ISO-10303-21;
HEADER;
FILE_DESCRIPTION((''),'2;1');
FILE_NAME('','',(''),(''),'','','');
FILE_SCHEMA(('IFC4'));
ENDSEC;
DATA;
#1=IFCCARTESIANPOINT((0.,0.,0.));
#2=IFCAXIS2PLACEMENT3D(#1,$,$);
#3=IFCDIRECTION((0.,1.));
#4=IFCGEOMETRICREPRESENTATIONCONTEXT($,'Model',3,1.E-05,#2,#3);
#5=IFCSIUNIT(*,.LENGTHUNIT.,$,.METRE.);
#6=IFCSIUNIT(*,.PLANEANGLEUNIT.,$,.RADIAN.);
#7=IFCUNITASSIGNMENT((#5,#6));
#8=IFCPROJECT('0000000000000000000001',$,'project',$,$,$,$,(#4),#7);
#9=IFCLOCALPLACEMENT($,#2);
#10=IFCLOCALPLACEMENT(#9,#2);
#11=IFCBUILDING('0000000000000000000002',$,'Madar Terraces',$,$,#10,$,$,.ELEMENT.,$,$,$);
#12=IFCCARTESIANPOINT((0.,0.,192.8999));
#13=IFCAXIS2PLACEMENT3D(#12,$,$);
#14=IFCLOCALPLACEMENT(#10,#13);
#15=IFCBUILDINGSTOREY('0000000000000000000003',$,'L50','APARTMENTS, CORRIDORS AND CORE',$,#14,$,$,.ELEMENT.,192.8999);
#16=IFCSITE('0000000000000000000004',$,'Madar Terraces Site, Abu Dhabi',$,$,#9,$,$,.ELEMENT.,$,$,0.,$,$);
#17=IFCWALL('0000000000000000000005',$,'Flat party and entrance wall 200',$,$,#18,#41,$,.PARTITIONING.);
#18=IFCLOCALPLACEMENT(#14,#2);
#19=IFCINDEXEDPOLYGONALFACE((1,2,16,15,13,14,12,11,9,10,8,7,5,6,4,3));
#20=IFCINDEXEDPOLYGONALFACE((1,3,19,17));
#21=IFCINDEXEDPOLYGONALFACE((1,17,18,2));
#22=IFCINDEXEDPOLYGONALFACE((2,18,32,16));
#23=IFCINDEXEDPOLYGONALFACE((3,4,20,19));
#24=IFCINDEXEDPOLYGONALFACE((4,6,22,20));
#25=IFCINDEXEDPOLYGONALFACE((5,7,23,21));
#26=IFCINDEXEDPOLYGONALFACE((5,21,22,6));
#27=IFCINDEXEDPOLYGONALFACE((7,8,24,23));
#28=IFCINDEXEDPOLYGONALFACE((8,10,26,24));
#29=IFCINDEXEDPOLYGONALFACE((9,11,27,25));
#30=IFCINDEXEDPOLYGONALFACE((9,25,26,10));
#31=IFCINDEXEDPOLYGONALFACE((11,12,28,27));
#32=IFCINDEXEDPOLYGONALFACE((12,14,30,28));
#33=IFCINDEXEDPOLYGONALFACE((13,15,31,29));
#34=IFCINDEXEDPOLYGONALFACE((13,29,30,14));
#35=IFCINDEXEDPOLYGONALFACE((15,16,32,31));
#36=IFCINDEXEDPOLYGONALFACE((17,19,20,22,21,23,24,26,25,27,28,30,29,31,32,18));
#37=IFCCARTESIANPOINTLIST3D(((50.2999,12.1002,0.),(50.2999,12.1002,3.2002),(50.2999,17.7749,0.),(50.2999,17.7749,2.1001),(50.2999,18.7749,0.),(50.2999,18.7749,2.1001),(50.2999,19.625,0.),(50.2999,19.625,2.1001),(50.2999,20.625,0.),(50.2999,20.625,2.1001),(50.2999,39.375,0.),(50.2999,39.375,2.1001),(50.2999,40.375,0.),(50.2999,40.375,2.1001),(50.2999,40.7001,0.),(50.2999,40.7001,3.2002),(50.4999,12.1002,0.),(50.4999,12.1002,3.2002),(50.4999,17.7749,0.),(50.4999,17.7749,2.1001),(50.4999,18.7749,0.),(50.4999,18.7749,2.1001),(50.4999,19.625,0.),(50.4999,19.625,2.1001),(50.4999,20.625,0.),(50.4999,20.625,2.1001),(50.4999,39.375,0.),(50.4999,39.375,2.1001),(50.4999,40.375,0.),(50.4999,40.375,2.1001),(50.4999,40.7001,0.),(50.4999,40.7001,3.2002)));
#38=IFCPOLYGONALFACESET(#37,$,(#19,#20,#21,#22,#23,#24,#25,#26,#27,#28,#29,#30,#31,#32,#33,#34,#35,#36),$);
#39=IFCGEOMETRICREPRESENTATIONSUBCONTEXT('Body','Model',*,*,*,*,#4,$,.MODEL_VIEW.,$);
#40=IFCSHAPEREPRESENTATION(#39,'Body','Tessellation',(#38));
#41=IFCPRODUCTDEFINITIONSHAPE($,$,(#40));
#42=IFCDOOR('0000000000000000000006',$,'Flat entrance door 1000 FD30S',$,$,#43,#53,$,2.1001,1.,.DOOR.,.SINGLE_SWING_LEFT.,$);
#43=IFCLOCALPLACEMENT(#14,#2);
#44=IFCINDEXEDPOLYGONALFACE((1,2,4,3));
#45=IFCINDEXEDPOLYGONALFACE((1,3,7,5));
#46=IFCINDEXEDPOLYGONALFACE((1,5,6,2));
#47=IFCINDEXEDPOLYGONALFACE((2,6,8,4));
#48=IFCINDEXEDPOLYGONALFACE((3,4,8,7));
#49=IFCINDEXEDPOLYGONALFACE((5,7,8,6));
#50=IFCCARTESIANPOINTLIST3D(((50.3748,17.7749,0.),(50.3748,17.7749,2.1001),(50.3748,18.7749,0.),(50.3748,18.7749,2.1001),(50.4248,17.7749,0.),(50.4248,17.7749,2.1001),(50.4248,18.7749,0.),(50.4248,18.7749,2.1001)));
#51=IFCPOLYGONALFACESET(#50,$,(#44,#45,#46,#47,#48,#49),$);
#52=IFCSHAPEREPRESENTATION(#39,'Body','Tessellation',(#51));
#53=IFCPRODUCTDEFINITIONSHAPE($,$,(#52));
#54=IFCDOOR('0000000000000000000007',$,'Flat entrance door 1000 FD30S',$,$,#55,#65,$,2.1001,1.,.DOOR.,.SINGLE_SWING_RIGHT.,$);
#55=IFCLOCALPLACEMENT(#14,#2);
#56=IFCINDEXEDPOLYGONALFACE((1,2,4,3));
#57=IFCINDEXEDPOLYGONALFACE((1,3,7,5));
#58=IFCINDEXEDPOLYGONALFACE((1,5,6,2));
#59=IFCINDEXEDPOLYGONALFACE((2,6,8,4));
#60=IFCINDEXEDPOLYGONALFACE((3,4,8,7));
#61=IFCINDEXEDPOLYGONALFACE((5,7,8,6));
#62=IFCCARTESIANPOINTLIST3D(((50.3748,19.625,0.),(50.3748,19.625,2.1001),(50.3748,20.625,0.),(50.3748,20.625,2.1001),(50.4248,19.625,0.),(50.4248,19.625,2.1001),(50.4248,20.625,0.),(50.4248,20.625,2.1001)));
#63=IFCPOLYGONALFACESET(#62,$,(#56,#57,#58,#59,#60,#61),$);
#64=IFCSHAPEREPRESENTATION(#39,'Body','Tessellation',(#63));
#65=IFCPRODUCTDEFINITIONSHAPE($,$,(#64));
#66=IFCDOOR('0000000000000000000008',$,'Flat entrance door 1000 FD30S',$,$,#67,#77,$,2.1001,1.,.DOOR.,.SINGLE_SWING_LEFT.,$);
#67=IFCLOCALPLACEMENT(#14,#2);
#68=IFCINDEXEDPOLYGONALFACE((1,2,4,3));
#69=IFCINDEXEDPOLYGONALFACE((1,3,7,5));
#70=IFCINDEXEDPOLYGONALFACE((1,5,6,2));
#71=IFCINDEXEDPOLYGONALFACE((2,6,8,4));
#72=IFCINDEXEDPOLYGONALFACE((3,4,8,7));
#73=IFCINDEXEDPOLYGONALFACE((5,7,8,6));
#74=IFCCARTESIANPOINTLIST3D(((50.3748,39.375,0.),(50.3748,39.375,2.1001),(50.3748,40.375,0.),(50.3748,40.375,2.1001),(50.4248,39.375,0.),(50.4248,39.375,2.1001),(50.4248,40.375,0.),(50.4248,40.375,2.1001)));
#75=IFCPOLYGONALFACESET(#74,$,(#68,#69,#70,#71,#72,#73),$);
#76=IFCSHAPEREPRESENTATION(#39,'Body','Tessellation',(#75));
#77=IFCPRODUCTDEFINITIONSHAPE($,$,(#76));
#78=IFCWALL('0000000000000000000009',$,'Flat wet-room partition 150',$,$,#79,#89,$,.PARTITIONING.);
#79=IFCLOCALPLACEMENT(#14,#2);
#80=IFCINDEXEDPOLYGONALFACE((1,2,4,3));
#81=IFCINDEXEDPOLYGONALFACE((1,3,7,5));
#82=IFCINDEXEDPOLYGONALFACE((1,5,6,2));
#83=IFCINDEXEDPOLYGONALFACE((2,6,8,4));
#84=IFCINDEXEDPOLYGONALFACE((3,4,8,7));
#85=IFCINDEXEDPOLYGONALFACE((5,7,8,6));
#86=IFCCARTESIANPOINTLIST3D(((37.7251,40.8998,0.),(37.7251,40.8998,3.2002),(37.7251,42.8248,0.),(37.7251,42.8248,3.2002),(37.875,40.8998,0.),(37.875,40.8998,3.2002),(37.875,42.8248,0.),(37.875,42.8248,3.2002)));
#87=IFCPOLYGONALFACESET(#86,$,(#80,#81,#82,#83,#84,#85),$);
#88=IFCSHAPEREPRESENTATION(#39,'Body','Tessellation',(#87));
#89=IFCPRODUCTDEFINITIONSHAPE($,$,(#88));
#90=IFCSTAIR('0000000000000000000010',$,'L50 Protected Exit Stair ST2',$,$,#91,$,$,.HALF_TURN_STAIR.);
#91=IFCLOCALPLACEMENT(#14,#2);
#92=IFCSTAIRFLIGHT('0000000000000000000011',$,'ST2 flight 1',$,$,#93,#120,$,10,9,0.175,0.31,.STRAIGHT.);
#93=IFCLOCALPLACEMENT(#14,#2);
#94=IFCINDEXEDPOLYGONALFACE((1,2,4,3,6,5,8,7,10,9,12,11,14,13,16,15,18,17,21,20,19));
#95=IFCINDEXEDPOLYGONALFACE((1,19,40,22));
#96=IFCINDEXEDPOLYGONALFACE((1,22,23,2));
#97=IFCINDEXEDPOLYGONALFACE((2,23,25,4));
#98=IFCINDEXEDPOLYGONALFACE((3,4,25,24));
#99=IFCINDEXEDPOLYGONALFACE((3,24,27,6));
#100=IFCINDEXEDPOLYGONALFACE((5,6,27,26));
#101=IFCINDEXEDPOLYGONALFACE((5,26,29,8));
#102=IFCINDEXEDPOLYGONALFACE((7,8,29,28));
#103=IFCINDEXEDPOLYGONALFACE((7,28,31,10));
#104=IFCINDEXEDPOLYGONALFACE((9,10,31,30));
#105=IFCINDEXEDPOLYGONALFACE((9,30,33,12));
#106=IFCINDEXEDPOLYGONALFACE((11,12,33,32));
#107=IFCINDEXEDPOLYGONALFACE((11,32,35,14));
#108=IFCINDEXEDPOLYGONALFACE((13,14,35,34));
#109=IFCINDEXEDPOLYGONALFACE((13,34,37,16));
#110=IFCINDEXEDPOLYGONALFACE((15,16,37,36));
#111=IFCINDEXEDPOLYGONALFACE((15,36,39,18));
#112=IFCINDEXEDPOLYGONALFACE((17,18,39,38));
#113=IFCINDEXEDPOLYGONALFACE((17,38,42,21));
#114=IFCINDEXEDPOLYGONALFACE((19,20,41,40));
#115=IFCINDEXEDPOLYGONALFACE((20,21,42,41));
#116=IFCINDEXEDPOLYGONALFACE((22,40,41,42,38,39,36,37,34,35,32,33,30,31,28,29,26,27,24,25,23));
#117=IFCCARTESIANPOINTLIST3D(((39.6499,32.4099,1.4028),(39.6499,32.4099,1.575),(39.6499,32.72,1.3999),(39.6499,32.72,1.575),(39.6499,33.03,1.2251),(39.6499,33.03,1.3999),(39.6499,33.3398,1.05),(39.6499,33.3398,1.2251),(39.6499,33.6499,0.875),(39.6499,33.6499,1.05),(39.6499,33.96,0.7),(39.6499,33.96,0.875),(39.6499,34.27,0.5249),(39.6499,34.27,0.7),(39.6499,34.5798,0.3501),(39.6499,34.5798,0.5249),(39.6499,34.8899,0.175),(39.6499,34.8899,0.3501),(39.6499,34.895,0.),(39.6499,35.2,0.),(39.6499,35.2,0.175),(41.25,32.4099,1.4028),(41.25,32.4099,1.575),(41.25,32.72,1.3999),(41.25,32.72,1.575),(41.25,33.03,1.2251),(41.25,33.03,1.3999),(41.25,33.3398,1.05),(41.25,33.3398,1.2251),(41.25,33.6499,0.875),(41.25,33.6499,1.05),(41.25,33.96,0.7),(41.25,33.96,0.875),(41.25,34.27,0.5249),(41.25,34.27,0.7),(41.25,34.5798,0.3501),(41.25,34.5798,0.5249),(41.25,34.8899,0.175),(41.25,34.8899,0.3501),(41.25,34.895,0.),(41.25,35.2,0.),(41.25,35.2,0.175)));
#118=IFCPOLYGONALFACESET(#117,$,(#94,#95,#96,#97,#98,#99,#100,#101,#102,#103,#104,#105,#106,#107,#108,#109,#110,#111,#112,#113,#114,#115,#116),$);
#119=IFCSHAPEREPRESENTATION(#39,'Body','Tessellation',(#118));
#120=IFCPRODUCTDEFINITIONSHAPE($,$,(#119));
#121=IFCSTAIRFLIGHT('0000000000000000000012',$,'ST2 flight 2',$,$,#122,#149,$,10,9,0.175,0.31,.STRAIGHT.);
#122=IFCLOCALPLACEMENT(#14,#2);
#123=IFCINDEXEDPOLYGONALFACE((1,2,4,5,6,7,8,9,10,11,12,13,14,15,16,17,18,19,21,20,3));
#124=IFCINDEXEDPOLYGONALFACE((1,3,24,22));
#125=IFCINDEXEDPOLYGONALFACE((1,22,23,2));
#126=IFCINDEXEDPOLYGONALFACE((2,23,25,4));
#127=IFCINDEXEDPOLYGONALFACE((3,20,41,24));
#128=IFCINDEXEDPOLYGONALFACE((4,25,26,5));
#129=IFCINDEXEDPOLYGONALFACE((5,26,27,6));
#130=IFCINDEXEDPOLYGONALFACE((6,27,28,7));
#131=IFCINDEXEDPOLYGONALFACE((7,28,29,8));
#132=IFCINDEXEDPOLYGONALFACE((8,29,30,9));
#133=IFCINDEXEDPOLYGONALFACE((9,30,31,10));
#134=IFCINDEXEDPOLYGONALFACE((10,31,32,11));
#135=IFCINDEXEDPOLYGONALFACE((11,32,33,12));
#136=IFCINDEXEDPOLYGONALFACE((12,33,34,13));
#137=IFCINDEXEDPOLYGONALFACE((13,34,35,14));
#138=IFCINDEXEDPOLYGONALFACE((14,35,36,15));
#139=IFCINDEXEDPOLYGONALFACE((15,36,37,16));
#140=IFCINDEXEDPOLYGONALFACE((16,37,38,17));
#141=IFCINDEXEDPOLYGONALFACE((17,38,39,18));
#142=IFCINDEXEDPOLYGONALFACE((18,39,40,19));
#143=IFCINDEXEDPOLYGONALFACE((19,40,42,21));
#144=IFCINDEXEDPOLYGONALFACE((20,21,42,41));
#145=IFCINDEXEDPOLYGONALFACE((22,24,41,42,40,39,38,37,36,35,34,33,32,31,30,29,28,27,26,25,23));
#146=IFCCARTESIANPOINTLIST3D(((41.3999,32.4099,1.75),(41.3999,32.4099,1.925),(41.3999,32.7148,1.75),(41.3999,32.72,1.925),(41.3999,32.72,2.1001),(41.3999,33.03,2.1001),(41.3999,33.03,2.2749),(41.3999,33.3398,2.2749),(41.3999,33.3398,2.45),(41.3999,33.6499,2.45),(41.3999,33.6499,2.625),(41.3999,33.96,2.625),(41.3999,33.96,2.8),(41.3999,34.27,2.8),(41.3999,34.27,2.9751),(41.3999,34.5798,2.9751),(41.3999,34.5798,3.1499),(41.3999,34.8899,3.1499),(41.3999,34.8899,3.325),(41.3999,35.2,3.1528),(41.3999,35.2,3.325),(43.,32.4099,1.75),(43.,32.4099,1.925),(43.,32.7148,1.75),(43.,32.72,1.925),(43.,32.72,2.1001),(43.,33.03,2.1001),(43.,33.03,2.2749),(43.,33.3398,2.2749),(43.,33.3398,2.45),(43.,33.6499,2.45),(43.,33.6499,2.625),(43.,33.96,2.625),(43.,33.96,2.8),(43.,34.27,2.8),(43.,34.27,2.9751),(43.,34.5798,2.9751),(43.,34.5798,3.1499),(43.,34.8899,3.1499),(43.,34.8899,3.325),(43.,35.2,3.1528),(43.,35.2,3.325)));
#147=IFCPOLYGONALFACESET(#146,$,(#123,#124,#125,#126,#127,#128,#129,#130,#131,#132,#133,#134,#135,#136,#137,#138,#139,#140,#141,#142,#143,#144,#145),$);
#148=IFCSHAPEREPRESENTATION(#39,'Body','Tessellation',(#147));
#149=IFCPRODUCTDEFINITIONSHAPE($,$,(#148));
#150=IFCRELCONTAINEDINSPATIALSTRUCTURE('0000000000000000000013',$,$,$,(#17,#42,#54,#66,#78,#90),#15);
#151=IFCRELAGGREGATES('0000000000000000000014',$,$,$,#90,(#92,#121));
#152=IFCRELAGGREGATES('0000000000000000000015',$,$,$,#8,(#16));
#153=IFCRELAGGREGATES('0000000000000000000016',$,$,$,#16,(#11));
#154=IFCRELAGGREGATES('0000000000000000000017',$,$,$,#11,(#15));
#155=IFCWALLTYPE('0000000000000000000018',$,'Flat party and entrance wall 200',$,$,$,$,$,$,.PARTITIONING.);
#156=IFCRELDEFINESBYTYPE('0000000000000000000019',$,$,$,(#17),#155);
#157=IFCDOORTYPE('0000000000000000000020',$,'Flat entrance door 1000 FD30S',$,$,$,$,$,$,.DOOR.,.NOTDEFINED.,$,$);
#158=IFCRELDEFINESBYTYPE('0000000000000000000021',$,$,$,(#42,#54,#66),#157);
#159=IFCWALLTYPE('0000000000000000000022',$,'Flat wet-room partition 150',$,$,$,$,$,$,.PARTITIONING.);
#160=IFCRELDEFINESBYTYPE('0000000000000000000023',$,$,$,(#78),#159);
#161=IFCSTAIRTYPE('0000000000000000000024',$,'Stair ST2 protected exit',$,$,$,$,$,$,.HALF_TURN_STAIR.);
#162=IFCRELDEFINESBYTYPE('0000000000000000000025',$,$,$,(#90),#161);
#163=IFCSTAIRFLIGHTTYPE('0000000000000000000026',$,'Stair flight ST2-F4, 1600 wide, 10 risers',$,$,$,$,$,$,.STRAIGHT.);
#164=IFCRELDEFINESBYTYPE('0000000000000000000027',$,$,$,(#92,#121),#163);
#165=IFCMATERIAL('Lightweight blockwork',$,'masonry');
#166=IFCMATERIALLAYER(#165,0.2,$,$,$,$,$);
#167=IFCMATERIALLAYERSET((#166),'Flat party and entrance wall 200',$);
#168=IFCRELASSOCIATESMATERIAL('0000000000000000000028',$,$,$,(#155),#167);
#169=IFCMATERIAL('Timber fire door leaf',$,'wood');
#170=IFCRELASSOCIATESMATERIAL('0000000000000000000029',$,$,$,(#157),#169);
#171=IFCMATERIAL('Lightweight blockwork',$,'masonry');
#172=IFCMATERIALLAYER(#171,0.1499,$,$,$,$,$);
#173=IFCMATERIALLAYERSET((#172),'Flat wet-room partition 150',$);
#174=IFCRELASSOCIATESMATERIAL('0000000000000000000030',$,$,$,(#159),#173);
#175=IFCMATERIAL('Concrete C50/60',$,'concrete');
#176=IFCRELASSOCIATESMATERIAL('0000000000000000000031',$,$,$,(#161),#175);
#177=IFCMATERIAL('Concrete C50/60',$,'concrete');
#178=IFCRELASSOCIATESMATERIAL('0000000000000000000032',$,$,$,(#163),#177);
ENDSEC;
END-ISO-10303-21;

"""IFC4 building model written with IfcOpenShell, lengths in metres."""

from ifc_helpers import new_model, si_unit, direction, frame, frame_2d, origin, place, context, subcontext, project, spatial, polyline, rectangle, outline, extrude, material, layer, layer_set, type_object, element, fill, aggregate, save


model = new_model("IFC4")

# Units and contexts
model_context = context("Model", 3, precision=1e-05, world=origin(), true_north=direction((0.0, 1.0)))
body_context = subcontext(model_context, "Body", "Model", "MODEL_VIEW")
ifc_project = project(units=[si_unit("LENGTHUNIT", "METRE"), si_unit("PLANEANGLEUNIT", "RADIAN")], contexts=[model_context])

# Site, building, storey
site_placement = place(None, origin())
site = spatial("IfcSite", under=ifc_project, at=site_placement, Name="Madar Terraces Site, Abu Dhabi", CompositionType="ELEMENT", RefElevation=0.0)
building_placement = place(site_placement, origin())
building = spatial("IfcBuilding", under=site, at=building_placement, Name="Madar Terraces", CompositionType="ELEMENT")
storey_placement = place(building_placement, frame((0.0, 0.0, 192.8999)))
storey = spatial("IfcBuildingStorey", under=building, at=storey_placement, Name="L50", Description="APARTMENTS, CORRIDORS AND CORE", CompositionType="ELEMENT", Elevation=192.8999)

# Wall, openings, doors
ifc_material_1 = material(Name="Lightweight blockwork", Category="masonry")
ifc_layer_1 = layer(ifc_material_1, 0.2)
ifc_layer_set_1 = layer_set([ifc_layer_1], Name="Flat party and entrance wall 200")
wall_type_1 = type_object("IfcWallType", Name="Flat party and entrance wall 200", PredefinedType="PARTITIONING", material=ifc_layer_set_1)
wall_1_placement = place(storey_placement, frame((50.3999, 40.7, 0.0), z_axis=(0.0, 0.0, 1.0), x_axis=(0.0, -1.0, 0.0)))
wall_1 = element("IfcWall", 1, at=wall_1_placement, inside=storey, type_object=wall_type_1, Name="Flat party and entrance wall 200", PredefinedType="PARTITIONING", context=body_context, shape_type="SweptSolid", body=[
    extrude(rectangle(XDim=28.5999, YDim=0.2, at=frame_2d((14.2998, 0.0))), origin(), (0.0, 0.0, 1.0), 3.2002),
])
opening_1_placement = place(wall_1_placement, frame((21.925, 0.0, 0.0)))
opening_1 = element("IfcOpeningElement", 2, at=opening_1_placement, cuts=wall_1, PredefinedType="OPENING", context=body_context, shape_type="SweptSolid", body=[
    extrude(rectangle(XDim=1.0, YDim=2.1001, at=frame_2d((0.5, 1.05))), frame((0.0, 0.1099, 0.0), z_axis=(0.0, -1.0, 0.0), x_axis=(1.0, 0.0, 0.0)), (0.0, 0.0, 1.0), 0.22),
])
opening_2_placement = place(wall_1_placement, frame((20.075, 0.0, 0.0)))
opening_2 = element("IfcOpeningElement", 3, at=opening_2_placement, cuts=wall_1, PredefinedType="OPENING", context=body_context, shape_type="SweptSolid", body=[
    extrude(rectangle(XDim=1.0, YDim=2.1001, at=frame_2d((0.5, 1.05))), frame((0.0, 0.1099, 0.0), z_axis=(0.0, -1.0, 0.0), x_axis=(1.0, 0.0, 0.0)), (0.0, 0.0, 1.0), 0.22),
])
opening_3_placement = place(wall_1_placement, frame((0.325, 0.0, 0.0)))
opening_3 = element("IfcOpeningElement", 4, at=opening_3_placement, cuts=wall_1, PredefinedType="OPENING", context=body_context, shape_type="SweptSolid", body=[
    extrude(rectangle(XDim=1.0, YDim=2.1001, at=frame_2d((0.5, 1.05))), frame((0.0, 0.1099, 0.0), z_axis=(0.0, -1.0, 0.0), x_axis=(1.0, 0.0, 0.0)), (0.0, 0.0, 1.0), 0.22),
])
ifc_material_2 = material(Name="Timber fire door leaf", Category="wood")
door_type_1 = type_object("IfcDoorType", Name="Flat entrance door 1000 FD30S", OperationType="NOTDEFINED", PredefinedType="DOOR", material=ifc_material_2)
door_1_placement = place(opening_1_placement, origin())
door_1 = element("IfcDoor", 5, at=door_1_placement, inside=storey, type_object=door_type_1, Name="Flat entrance door 1000 FD30S", OperationType="SINGLE_SWING_LEFT", OverallHeight=2.1001, OverallWidth=1.0, PredefinedType="DOOR", context=body_context, shape_type="SweptSolid", body=[
    extrude(rectangle(XDim=1.0, YDim=2.1001, at=frame_2d((0.5, 1.05))), frame((0.0, 0.0249, 0.0), z_axis=(0.0, -1.0, 0.0), x_axis=(1.0, 0.0, 0.0)), (0.0, 0.0, 1.0), 0.05),
])
fill(opening_1, door_1)
door_2_placement = place(opening_2_placement, origin())
door_2 = element("IfcDoor", 6, at=door_2_placement, inside=storey, type_object=door_type_1, Name="Flat entrance door 1000 FD30S", OperationType="SINGLE_SWING_RIGHT", OverallHeight=2.1001, OverallWidth=1.0, PredefinedType="DOOR", context=body_context, shape_type="SweptSolid", body=[
    extrude(rectangle(XDim=1.0, YDim=2.1001, at=frame_2d((0.5, 1.05))), frame((0.0, 0.0249, 0.0), z_axis=(0.0, -1.0, 0.0), x_axis=(1.0, 0.0, 0.0)), (0.0, 0.0, 1.0), 0.05),
])
fill(opening_2, door_2)
door_3_placement = place(opening_3_placement, origin())
door_3 = element("IfcDoor", 7, at=door_3_placement, inside=storey, type_object=door_type_1, Name="Flat entrance door 1000 FD30S", OperationType="SINGLE_SWING_LEFT", OverallHeight=2.1001, OverallWidth=1.0, PredefinedType="DOOR", context=body_context, shape_type="SweptSolid", body=[
    extrude(rectangle(XDim=1.0, YDim=2.1001, at=frame_2d((0.5, 1.05))), frame((0.0, 0.0249, 0.0), z_axis=(0.0, -1.0, 0.0), x_axis=(1.0, 0.0, 0.0)), (0.0, 0.0, 1.0), 0.05),
])
fill(opening_3, door_3)

# Wall
ifc_material_3 = material(Name="Lightweight blockwork", Category="masonry")
ifc_layer_2 = layer(ifc_material_3, 0.1499)
ifc_layer_set_2 = layer_set([ifc_layer_2], Name="Flat wet-room partition 150")
wall_type_2 = type_object("IfcWallType", Name="Flat wet-room partition 150", PredefinedType="PARTITIONING", material=ifc_layer_set_2)
wall_2_placement = place(storey_placement, frame((37.8, 40.8999, 0.0), z_axis=(0.0, 0.0, 1.0), x_axis=(0.0, 1.0, 0.0)))
element("IfcWall", 8, at=wall_2_placement, inside=storey, type_object=wall_type_2, Name="Flat wet-room partition 150", PredefinedType="PARTITIONING", context=body_context, shape_type="SweptSolid", body=[
    extrude(rectangle(XDim=1.925, YDim=0.1499, at=frame_2d((0.9624, 0.0))), origin(), (0.0, 0.0, 1.0), 3.2002),
])

# Stair, stair flights
ifc_material_4 = material(Name="Concrete C50/60", Category="concrete")
stair_type = type_object("IfcStairType", Name="Stair ST2 protected exit", PredefinedType="HALF_TURN_STAIR", material=ifc_material_4)
stair_placement = place(storey_placement, origin())
stair = element("IfcStair", 9, at=stair_placement, inside=storey, type_object=stair_type, Name="L50 Protected Exit Stair ST2", PredefinedType="HALF_TURN_STAIR")
ifc_material_5 = material(Name="Concrete C50/60", Category="concrete")
stair_flight_type = type_object("IfcStairFlightType", Name="Stair flight ST2-F4, 1600 wide, 10 risers", PredefinedType="STRAIGHT", material=ifc_material_5)
stair_flight_1_placement = place(storey_placement, frame((40.45, 35.2, 0.0), z_axis=(0.0, 0.0, 1.0), x_axis=(0.0, -1.0, 0.0)))
stair_flight_1 = element("IfcStairFlight", 10, at=stair_flight_1_placement, type_object=stair_flight_type, Name="ST2 flight 1", NumberOfRisers=10, NumberOfTreads=9, PredefinedType="STRAIGHT", RiserHeight=0.175, TreadLength=0.31, context=body_context, shape_type="SweptSolid", body=[
    extrude(outline(polyline([(0.0, 0.0), (0.0, 0.175), (0.3101, 0.175), (0.3101, 0.3501), (0.6201, 0.3501), (0.6201, 0.5249), (0.9299, 0.5249), (0.9299, 0.7), (1.24, 0.7), (1.24, 0.875), (1.55, 0.875), (1.55, 1.05), (1.8601, 1.05), (1.8601, 1.2251), (2.1699, 1.2251), (2.1699, 1.3999), (2.48, 1.3999), (2.48, 1.575), (2.79, 1.575), (2.79, 1.75), (2.79, 1.4028), (0.3049, 0.0), (0.0, 0.0)])), frame((0.0, 0.8, 0.0), z_axis=(0.0, -1.0, 0.0), x_axis=(1.0, 0.0, 0.0)), (0.0, 0.0, 1.0), 1.6001),
])
stair_flight_2_placement = place(storey_placement, frame((42.2, 32.4099, 1.75), z_axis=(0.0, 0.0, 1.0), x_axis=(0.0, 1.0, 0.0)))
stair_flight_2 = element("IfcStairFlight", 11, at=stair_flight_2_placement, type_object=stair_flight_type, Name="ST2 flight 2", NumberOfRisers=10, NumberOfTreads=9, PredefinedType="STRAIGHT", RiserHeight=0.175, TreadLength=0.31, context=body_context, shape_type="SweptSolid", body=[
    extrude(outline(polyline([(0.0, 0.0), (0.0, 0.175), (0.3101, 0.175), (0.3101, 0.3501), (0.6201, 0.3501), (0.6201, 0.5249), (0.9299, 0.5249), (0.9299, 0.7), (1.24, 0.7), (1.24, 0.875), (1.55, 0.875), (1.55, 1.05), (1.8601, 1.05), (1.8601, 1.2251), (2.1699, 1.2251), (2.1699, 1.3999), (2.48, 1.3999), (2.48, 1.575), (2.79, 1.575), (2.79, 1.75), (2.79, 1.4028), (0.3049, 0.0), (0.0, 0.0)])), frame((0.0, 0.8, 0.0), z_axis=(0.0, -1.0, 0.0), x_axis=(1.0, 0.0, 0.0)), (0.0, 0.0, 1.0), 1.6001),
])
aggregate(stair, [stair_flight_1, stair_flight_2])

save(model, "model.ifc")
